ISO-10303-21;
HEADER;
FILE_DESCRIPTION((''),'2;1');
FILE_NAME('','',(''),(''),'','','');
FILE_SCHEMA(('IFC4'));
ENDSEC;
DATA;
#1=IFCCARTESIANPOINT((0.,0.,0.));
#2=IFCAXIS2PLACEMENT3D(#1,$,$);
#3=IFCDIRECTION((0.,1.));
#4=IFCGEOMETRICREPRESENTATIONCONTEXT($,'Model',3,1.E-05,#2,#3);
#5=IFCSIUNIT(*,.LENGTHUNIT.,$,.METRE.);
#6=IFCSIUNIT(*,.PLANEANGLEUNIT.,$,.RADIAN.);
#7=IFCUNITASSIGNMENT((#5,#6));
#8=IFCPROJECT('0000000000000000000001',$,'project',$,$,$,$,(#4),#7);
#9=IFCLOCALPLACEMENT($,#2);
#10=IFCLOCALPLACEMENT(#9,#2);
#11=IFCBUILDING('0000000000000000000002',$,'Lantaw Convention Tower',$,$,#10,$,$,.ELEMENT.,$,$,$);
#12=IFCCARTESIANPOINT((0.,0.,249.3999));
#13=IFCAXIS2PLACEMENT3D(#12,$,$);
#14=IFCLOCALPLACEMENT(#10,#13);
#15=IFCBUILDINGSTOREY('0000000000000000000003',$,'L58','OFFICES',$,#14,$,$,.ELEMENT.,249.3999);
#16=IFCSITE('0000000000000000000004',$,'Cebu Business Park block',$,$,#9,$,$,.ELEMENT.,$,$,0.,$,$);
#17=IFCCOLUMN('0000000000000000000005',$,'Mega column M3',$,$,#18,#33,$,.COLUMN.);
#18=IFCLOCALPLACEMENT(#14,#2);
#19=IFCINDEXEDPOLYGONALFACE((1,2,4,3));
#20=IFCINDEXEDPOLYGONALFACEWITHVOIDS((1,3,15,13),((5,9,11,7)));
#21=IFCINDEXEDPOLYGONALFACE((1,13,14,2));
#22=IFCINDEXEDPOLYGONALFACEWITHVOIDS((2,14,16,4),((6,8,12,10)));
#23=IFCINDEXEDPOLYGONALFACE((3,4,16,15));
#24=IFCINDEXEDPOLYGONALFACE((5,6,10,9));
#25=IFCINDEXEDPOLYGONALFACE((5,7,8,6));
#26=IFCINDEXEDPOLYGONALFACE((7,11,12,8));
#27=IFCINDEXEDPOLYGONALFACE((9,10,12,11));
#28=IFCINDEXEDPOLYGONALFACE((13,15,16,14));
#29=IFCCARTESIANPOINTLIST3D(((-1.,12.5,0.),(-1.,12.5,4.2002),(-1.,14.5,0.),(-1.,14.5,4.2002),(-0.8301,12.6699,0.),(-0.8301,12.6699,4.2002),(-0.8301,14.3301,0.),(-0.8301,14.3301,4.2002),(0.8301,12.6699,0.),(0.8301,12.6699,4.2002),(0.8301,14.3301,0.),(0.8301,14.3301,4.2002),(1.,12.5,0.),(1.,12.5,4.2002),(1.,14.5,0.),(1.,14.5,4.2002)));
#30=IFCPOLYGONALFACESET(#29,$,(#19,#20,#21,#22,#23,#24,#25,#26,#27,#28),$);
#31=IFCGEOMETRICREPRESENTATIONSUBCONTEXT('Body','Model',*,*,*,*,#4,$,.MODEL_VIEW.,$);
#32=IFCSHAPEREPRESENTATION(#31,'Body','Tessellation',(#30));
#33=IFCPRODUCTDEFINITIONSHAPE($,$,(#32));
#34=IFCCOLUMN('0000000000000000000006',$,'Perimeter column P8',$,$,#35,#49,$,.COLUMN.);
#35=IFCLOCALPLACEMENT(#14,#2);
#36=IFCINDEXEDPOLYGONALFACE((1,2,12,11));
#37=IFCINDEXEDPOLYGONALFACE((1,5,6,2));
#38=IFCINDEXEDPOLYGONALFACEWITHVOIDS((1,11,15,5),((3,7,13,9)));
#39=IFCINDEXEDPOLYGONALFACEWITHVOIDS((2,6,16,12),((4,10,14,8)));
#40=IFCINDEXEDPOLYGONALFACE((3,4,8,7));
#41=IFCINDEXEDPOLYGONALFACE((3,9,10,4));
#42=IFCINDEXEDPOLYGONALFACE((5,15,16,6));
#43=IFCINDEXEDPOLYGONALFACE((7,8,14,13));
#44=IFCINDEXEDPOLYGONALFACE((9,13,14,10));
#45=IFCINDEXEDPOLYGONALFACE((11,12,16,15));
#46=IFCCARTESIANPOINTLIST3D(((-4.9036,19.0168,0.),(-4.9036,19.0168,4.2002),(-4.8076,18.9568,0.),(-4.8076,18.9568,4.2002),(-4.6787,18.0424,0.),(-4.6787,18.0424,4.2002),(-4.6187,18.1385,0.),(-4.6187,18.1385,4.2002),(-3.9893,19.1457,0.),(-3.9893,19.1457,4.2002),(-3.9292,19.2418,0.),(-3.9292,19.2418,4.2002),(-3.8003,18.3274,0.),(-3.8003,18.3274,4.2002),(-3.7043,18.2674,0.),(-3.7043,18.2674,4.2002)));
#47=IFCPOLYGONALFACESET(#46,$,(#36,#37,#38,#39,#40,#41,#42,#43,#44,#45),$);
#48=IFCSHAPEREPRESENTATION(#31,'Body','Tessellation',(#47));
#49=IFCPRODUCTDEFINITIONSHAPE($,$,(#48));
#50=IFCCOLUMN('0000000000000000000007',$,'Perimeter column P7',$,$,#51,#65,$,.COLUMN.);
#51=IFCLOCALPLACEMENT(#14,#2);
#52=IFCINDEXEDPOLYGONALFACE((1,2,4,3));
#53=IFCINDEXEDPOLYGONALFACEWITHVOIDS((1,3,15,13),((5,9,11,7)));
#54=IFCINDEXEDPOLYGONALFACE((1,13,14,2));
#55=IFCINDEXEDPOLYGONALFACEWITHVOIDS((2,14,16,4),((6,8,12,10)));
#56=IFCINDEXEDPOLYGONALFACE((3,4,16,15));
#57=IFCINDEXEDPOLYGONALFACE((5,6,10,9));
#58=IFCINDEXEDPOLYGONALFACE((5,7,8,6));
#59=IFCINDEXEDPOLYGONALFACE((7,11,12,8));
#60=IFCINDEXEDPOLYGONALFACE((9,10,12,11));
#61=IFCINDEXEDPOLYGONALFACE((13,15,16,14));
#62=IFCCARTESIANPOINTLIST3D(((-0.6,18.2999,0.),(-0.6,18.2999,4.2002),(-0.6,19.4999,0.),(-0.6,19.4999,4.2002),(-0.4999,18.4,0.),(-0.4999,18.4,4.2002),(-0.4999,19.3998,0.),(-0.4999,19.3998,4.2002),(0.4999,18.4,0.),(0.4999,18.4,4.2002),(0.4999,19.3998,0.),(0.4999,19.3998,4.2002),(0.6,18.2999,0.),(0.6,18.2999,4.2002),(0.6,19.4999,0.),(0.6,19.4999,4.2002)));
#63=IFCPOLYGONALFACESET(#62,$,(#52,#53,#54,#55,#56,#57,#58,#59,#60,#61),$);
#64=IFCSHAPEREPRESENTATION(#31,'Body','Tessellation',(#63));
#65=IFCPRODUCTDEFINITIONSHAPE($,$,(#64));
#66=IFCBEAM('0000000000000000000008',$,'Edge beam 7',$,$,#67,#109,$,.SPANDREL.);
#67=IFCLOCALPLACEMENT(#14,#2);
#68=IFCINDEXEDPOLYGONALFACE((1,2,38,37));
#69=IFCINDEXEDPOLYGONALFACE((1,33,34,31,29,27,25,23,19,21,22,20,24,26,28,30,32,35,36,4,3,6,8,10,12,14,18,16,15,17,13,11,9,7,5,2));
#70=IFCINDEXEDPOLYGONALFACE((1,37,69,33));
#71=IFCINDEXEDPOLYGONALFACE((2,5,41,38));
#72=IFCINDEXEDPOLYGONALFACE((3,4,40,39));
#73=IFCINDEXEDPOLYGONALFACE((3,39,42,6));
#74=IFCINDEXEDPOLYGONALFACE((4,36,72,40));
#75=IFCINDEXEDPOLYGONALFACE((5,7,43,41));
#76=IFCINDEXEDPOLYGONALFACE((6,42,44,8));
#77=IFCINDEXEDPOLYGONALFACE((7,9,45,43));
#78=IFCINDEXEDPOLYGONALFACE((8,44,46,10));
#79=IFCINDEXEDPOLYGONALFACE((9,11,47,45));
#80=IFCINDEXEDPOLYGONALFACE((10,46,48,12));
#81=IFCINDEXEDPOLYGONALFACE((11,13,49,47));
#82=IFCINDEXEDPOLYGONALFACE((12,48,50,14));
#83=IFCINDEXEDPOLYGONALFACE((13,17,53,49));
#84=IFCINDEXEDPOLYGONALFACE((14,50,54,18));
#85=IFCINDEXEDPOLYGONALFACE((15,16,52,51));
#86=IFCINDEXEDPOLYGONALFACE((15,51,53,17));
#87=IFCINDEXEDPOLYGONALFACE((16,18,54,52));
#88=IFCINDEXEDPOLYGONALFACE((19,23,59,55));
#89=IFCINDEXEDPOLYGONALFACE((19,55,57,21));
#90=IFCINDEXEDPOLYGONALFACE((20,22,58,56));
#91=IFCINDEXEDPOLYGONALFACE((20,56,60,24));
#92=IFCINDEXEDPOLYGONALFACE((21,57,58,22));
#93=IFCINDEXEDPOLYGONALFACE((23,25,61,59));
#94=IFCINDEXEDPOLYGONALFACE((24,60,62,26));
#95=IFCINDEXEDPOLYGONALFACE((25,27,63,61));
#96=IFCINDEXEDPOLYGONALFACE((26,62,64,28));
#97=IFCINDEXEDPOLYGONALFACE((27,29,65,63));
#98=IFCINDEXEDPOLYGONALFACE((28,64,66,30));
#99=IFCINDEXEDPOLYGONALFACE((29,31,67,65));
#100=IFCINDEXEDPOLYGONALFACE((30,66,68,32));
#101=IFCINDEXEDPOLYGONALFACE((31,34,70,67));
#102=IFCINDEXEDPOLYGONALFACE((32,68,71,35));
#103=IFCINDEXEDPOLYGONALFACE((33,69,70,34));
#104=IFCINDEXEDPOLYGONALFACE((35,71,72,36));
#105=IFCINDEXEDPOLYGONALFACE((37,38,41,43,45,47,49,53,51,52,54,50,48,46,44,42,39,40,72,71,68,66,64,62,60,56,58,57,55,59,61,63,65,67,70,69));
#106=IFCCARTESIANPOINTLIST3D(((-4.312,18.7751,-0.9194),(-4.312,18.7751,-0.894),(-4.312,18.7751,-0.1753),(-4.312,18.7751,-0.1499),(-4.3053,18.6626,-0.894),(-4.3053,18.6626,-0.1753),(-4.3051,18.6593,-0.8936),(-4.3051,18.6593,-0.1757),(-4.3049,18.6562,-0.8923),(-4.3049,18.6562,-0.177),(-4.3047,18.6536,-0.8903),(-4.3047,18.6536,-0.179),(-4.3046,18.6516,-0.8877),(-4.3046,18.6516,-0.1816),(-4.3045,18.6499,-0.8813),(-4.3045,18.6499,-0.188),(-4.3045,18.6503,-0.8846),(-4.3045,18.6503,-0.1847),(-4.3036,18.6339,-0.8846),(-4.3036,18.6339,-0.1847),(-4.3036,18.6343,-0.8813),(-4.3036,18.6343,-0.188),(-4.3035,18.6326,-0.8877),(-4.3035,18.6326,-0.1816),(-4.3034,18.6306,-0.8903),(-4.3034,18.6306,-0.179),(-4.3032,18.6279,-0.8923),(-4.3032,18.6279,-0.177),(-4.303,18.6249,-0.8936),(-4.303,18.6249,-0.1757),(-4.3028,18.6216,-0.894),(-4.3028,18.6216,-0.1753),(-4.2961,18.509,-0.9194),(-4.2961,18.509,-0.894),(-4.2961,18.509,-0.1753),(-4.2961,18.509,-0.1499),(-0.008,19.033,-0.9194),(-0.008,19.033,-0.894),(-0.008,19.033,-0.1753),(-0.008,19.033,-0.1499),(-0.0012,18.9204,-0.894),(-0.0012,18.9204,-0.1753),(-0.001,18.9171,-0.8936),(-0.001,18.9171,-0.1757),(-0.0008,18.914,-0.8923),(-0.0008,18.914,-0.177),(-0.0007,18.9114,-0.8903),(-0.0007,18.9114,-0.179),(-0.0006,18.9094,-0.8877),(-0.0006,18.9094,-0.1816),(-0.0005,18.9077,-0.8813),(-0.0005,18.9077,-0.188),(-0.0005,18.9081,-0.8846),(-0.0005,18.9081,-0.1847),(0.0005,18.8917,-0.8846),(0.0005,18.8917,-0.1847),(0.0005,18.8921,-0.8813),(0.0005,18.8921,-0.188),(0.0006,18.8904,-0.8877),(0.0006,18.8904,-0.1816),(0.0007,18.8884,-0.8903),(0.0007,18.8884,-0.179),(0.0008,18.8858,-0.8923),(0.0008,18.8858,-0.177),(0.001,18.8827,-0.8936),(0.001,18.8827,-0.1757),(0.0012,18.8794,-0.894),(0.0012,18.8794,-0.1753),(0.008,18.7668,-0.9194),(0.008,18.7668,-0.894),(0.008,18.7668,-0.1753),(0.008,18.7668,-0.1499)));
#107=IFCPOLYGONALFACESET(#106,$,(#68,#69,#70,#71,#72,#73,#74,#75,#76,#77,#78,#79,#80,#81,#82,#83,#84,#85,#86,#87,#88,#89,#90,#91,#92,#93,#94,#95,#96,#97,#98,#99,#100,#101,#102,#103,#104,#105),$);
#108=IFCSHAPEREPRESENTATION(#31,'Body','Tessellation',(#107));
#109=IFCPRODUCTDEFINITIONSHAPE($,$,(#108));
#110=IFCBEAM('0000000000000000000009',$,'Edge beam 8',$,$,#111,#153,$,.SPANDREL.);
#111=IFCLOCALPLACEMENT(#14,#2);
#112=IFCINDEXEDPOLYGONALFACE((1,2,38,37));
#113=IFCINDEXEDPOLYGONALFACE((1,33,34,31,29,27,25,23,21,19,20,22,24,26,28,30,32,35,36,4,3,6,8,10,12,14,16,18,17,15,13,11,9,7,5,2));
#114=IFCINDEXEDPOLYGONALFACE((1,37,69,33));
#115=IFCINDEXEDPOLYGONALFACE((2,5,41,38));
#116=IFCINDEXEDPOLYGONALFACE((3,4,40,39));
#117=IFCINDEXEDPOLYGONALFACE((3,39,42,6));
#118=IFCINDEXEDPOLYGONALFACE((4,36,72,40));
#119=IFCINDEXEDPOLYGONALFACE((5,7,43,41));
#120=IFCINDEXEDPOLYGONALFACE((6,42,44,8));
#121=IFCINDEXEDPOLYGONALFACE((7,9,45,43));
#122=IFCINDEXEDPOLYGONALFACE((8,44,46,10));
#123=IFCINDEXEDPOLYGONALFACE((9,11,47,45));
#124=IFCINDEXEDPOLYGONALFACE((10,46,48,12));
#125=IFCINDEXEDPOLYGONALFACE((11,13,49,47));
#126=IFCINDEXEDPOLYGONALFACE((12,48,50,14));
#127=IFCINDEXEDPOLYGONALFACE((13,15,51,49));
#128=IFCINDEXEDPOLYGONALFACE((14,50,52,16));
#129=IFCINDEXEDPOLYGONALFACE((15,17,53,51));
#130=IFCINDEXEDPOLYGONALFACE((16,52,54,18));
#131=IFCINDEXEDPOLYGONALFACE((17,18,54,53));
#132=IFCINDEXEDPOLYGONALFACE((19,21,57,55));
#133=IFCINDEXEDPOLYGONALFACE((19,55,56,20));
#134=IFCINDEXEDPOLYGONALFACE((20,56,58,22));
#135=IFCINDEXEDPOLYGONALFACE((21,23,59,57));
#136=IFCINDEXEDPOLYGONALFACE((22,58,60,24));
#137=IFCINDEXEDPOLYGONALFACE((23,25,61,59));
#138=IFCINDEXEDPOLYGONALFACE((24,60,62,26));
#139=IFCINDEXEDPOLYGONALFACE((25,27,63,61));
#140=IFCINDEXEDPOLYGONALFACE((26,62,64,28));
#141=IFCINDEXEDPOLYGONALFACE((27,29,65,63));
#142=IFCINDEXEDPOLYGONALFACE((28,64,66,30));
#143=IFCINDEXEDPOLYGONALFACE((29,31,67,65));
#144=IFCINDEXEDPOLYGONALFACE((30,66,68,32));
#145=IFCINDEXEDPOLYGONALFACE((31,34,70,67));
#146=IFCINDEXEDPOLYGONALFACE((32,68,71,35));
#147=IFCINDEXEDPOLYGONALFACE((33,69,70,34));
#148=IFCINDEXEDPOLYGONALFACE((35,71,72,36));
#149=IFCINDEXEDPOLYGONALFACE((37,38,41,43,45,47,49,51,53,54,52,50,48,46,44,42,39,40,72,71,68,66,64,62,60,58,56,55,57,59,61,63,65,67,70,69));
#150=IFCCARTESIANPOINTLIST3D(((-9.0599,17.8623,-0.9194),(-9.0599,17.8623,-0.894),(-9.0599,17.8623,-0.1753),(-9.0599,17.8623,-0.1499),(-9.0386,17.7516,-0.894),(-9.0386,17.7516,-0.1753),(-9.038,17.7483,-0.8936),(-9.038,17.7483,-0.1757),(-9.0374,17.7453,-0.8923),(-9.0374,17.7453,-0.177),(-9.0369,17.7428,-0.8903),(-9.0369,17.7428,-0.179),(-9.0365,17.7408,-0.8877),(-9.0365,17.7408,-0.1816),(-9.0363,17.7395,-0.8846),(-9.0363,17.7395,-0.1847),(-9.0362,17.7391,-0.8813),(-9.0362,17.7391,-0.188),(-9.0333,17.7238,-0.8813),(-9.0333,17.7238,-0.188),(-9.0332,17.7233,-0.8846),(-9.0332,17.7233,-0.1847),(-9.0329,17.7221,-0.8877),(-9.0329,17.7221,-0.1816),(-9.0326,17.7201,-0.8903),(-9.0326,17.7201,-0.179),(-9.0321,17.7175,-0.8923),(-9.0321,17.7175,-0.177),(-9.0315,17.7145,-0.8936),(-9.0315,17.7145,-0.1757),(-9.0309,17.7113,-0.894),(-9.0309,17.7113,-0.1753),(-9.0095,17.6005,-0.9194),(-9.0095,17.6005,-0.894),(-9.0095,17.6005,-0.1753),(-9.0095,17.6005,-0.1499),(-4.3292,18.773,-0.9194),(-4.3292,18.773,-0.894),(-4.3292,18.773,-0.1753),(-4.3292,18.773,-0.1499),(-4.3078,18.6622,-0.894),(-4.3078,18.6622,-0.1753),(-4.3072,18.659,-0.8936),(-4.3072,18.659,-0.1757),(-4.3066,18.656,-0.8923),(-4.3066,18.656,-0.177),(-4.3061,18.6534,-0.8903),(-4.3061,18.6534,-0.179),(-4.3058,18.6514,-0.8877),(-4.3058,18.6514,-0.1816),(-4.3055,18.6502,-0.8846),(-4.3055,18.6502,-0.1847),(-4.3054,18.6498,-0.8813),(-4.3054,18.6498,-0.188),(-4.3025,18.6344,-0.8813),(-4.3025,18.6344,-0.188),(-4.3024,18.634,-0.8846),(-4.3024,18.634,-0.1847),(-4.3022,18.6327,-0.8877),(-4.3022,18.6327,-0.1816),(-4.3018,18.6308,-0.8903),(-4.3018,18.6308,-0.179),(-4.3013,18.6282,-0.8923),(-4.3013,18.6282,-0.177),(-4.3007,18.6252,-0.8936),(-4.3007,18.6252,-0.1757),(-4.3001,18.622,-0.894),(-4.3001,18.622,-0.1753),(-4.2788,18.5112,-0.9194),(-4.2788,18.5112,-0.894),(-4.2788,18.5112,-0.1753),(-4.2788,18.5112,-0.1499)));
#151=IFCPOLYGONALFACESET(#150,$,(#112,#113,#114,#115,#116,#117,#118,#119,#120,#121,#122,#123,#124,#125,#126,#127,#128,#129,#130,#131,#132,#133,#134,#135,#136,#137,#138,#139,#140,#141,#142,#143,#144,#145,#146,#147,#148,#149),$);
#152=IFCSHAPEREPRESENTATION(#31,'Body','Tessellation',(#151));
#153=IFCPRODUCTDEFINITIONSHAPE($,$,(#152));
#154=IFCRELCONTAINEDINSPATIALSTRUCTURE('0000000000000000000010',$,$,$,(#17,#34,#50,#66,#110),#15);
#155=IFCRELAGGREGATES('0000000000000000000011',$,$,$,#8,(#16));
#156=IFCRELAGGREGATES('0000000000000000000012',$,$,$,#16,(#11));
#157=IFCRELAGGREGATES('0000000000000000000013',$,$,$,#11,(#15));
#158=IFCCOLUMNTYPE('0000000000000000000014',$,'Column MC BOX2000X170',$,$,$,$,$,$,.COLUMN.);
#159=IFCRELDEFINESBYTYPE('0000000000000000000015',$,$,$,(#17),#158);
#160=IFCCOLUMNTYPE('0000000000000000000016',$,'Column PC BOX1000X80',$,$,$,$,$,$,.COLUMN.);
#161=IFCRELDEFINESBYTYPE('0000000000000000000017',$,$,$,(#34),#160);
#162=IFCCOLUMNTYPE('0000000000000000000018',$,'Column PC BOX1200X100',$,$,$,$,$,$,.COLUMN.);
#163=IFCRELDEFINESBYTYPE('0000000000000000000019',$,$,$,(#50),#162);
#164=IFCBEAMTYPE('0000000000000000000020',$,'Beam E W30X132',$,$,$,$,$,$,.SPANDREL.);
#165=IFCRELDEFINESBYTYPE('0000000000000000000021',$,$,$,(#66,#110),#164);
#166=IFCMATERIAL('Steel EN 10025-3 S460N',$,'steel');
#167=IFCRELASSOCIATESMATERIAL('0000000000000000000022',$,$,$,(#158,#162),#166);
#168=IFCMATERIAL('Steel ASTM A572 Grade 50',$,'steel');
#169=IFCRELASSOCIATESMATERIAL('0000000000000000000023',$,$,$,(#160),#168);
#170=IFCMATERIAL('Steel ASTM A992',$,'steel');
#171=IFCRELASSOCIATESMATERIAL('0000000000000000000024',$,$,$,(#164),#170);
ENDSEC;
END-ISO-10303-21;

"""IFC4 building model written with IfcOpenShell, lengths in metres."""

from ifc_helpers import new_model, si_unit, direction, frame, origin, origin_2d, place, context, subcontext, project, spatial, rectangle, hollow_rectangle, i_section, extrude, material, material_profile, profile_set, type_object, element, save


model = new_model("IFC4")

# Units and contexts
model_context = context("Model", 3, precision=1e-05, world=origin(), true_north=direction((0.0, 1.0)))
body_context = subcontext(model_context, "Body", "Model", "MODEL_VIEW")
ifc_project = project(units=[si_unit("LENGTHUNIT", "METRE"), si_unit("PLANEANGLEUNIT", "RADIAN")], contexts=[model_context])

# Site, building, storey
site_placement = place(None, origin())
site = spatial("IfcSite", under=ifc_project, at=site_placement, Name="Cebu Business Park block", CompositionType="ELEMENT", RefElevation=0.0)
building_placement = place(site_placement, origin())
building = spatial("IfcBuilding", under=site, at=building_placement, Name="Lantaw Convention Tower", CompositionType="ELEMENT")
storey_placement = place(building_placement, frame((0.0, 0.0, 249.3999)))
storey = spatial("IfcBuildingStorey", under=building, at=storey_placement, Name="L58", Description="OFFICES", CompositionType="ELEMENT", Elevation=249.3999)

# Columns
ifc_material_1 = material(Name="Steel EN 10025-3 S460N", Category="steel")
ifc_material_profile_1 = material_profile(ifc_material_1, hollow_rectangle(XDim=2.0, YDim=2.0, WallThickness=0.1699, at=origin_2d()), Name="BOX2000X170")
ifc_material_2 = material(Name="Concrete C60/75", Category="concrete")
ifc_material_profile_2 = material_profile(ifc_material_2, rectangle(XDim=1.6599, YDim=1.6599, at=origin_2d()), Name="Concrete fill of BOX2000X170")
ifc_profile_set_1 = profile_set([ifc_material_profile_1, ifc_material_profile_2], Name="Steel EN 10025-3 S460N")
column_type_1 = type_object("IfcColumnType", Name="Column MC BOX2000X170", PredefinedType="COLUMN", material=ifc_profile_set_1)
column_1_placement = place(storey_placement, frame((0.0, 13.5, 0.0), z_axis=(0.0, 0.0, 1.0), x_axis=(1.0, 0.0, 0.0)))
element("IfcColumn", 1, at=column_1_placement, inside=storey, type_object=column_type_1, Name="Mega column M3", PredefinedType="COLUMN", context=body_context, shape_type="SweptSolid", body=[
    extrude(hollow_rectangle(XDim=2.0, YDim=2.0, WallThickness=0.1699, at=origin_2d()), origin(), (0.0, 0.0, 1.0), 4.2002),
])
ifc_material_3 = material(Name="Steel ASTM A572 Grade 50", Category="steel")
ifc_material_profile_3 = material_profile(ifc_material_3, hollow_rectangle(XDim=1.0, YDim=1.0, WallThickness=0.0801, at=origin_2d()), Name="BOX1000X80")
ifc_material_profile_4 = material_profile(ifc_material_2, rectangle(XDim=0.8401, YDim=0.8401, at=origin_2d()), Name="Concrete fill of BOX1000X80")
ifc_profile_set_2 = profile_set([ifc_material_profile_3, ifc_material_profile_4], Name="Steel ASTM A572 Grade 50")
column_type_2 = type_object("IfcColumnType", Name="Column PC BOX1000X80", PredefinedType="COLUMN", material=ifc_profile_set_2)
column_2_placement = place(storey_placement, frame((-4.304, 18.6421, 0.0), z_axis=(0.0, 0.0, 1.0), x_axis=(0.97437, 0.224951, 0.0)))
element("IfcColumn", 2, at=column_2_placement, inside=storey, type_object=column_type_2, Name="Perimeter column P8", PredefinedType="COLUMN", context=body_context, shape_type="SweptSolid", body=[
    extrude(hollow_rectangle(XDim=1.0, YDim=1.0, WallThickness=0.0801, at=origin_2d()), origin(), (0.0, 0.0, 1.0), 4.2002),
])
ifc_material_profile_5 = material_profile(ifc_material_1, hollow_rectangle(XDim=1.2, YDim=1.2, WallThickness=0.1001, at=origin_2d()), Name="BOX1200X100")
ifc_material_profile_6 = material_profile(ifc_material_2, rectangle(XDim=1.0, YDim=1.0, at=origin_2d()), Name="Concrete fill of BOX1200X100")
ifc_profile_set_3 = profile_set([ifc_material_profile_5, ifc_material_profile_6], Name="Steel EN 10025-3 S460N")
column_type_3 = type_object("IfcColumnType", Name="Column PC BOX1200X100", PredefinedType="COLUMN", material=ifc_profile_set_3)
column_3_placement = place(storey_placement, frame((0.0, 18.8999, 0.0), z_axis=(0.0, 0.0, 1.0), x_axis=(1.0, 0.0, 0.0)))
element("IfcColumn", 3, at=column_3_placement, inside=storey, type_object=column_type_3, Name="Perimeter column P7", PredefinedType="COLUMN", context=body_context, shape_type="SweptSolid", body=[
    extrude(hollow_rectangle(XDim=1.2, YDim=1.2, WallThickness=0.1001, at=origin_2d()), origin(), (0.0, 0.0, 1.0), 4.2002),
])

# Beams
ifc_material_4 = material(Name="Steel ASTM A992", Category="steel")
ifc_material_profile_7 = material_profile(ifc_material_4, i_section(OverallWidth=0.2666, OverallDepth=0.7695, WebThickness=0.0156, FlangeThickness=0.0254, FilletRadius=0.0127, at=origin_2d()), Name="W30X132")
ifc_profile_set_4 = profile_set([ifc_material_profile_7], Name="Steel ASTM A992")
beam_type_1 = type_object("IfcBeamType", Name="Beam E W30X132", PredefinedType="SPANDREL", material=ifc_profile_set_4)
beam_1_placement = place(storey_placement, frame((0.0, 18.8999, -0.5347), z_axis=(-0.998211, -0.059794, 0.0), x_axis=(0.059794, -0.998211, 0.0)))
element("IfcBeam", 4, at=beam_1_placement, inside=storey, type_object=beam_type_1, Name="Edge beam 7", PredefinedType="SPANDREL", context=body_context, shape_type="SweptSolid", body=[
    extrude(i_section(OverallWidth=0.2666, OverallDepth=0.7695, WebThickness=0.0156, FlangeThickness=0.0254, FilletRadius=0.0127, at=origin_2d()), origin(), (0.0, 0.0, 1.0), 4.3118),
])
beam_2_placement = place(storey_placement, frame((-4.304, 18.6421, -0.5347), z_axis=(-0.981972, -0.189026, 0.0), x_axis=(0.189026, -0.981972, 0.0)))
element("IfcBeam", 5, at=beam_2_placement, inside=storey, type_object=beam_type_1, Name="Edge beam 8", PredefinedType="SPANDREL", context=body_context, shape_type="SweptSolid", body=[
    extrude(i_section(OverallWidth=0.2666, OverallDepth=0.7695, WebThickness=0.0156, FlangeThickness=0.0254, FilletRadius=0.0127, at=origin_2d()), origin(), (0.0, 0.0, 1.0), 4.8176),
])

save(model, "model.ifc")
